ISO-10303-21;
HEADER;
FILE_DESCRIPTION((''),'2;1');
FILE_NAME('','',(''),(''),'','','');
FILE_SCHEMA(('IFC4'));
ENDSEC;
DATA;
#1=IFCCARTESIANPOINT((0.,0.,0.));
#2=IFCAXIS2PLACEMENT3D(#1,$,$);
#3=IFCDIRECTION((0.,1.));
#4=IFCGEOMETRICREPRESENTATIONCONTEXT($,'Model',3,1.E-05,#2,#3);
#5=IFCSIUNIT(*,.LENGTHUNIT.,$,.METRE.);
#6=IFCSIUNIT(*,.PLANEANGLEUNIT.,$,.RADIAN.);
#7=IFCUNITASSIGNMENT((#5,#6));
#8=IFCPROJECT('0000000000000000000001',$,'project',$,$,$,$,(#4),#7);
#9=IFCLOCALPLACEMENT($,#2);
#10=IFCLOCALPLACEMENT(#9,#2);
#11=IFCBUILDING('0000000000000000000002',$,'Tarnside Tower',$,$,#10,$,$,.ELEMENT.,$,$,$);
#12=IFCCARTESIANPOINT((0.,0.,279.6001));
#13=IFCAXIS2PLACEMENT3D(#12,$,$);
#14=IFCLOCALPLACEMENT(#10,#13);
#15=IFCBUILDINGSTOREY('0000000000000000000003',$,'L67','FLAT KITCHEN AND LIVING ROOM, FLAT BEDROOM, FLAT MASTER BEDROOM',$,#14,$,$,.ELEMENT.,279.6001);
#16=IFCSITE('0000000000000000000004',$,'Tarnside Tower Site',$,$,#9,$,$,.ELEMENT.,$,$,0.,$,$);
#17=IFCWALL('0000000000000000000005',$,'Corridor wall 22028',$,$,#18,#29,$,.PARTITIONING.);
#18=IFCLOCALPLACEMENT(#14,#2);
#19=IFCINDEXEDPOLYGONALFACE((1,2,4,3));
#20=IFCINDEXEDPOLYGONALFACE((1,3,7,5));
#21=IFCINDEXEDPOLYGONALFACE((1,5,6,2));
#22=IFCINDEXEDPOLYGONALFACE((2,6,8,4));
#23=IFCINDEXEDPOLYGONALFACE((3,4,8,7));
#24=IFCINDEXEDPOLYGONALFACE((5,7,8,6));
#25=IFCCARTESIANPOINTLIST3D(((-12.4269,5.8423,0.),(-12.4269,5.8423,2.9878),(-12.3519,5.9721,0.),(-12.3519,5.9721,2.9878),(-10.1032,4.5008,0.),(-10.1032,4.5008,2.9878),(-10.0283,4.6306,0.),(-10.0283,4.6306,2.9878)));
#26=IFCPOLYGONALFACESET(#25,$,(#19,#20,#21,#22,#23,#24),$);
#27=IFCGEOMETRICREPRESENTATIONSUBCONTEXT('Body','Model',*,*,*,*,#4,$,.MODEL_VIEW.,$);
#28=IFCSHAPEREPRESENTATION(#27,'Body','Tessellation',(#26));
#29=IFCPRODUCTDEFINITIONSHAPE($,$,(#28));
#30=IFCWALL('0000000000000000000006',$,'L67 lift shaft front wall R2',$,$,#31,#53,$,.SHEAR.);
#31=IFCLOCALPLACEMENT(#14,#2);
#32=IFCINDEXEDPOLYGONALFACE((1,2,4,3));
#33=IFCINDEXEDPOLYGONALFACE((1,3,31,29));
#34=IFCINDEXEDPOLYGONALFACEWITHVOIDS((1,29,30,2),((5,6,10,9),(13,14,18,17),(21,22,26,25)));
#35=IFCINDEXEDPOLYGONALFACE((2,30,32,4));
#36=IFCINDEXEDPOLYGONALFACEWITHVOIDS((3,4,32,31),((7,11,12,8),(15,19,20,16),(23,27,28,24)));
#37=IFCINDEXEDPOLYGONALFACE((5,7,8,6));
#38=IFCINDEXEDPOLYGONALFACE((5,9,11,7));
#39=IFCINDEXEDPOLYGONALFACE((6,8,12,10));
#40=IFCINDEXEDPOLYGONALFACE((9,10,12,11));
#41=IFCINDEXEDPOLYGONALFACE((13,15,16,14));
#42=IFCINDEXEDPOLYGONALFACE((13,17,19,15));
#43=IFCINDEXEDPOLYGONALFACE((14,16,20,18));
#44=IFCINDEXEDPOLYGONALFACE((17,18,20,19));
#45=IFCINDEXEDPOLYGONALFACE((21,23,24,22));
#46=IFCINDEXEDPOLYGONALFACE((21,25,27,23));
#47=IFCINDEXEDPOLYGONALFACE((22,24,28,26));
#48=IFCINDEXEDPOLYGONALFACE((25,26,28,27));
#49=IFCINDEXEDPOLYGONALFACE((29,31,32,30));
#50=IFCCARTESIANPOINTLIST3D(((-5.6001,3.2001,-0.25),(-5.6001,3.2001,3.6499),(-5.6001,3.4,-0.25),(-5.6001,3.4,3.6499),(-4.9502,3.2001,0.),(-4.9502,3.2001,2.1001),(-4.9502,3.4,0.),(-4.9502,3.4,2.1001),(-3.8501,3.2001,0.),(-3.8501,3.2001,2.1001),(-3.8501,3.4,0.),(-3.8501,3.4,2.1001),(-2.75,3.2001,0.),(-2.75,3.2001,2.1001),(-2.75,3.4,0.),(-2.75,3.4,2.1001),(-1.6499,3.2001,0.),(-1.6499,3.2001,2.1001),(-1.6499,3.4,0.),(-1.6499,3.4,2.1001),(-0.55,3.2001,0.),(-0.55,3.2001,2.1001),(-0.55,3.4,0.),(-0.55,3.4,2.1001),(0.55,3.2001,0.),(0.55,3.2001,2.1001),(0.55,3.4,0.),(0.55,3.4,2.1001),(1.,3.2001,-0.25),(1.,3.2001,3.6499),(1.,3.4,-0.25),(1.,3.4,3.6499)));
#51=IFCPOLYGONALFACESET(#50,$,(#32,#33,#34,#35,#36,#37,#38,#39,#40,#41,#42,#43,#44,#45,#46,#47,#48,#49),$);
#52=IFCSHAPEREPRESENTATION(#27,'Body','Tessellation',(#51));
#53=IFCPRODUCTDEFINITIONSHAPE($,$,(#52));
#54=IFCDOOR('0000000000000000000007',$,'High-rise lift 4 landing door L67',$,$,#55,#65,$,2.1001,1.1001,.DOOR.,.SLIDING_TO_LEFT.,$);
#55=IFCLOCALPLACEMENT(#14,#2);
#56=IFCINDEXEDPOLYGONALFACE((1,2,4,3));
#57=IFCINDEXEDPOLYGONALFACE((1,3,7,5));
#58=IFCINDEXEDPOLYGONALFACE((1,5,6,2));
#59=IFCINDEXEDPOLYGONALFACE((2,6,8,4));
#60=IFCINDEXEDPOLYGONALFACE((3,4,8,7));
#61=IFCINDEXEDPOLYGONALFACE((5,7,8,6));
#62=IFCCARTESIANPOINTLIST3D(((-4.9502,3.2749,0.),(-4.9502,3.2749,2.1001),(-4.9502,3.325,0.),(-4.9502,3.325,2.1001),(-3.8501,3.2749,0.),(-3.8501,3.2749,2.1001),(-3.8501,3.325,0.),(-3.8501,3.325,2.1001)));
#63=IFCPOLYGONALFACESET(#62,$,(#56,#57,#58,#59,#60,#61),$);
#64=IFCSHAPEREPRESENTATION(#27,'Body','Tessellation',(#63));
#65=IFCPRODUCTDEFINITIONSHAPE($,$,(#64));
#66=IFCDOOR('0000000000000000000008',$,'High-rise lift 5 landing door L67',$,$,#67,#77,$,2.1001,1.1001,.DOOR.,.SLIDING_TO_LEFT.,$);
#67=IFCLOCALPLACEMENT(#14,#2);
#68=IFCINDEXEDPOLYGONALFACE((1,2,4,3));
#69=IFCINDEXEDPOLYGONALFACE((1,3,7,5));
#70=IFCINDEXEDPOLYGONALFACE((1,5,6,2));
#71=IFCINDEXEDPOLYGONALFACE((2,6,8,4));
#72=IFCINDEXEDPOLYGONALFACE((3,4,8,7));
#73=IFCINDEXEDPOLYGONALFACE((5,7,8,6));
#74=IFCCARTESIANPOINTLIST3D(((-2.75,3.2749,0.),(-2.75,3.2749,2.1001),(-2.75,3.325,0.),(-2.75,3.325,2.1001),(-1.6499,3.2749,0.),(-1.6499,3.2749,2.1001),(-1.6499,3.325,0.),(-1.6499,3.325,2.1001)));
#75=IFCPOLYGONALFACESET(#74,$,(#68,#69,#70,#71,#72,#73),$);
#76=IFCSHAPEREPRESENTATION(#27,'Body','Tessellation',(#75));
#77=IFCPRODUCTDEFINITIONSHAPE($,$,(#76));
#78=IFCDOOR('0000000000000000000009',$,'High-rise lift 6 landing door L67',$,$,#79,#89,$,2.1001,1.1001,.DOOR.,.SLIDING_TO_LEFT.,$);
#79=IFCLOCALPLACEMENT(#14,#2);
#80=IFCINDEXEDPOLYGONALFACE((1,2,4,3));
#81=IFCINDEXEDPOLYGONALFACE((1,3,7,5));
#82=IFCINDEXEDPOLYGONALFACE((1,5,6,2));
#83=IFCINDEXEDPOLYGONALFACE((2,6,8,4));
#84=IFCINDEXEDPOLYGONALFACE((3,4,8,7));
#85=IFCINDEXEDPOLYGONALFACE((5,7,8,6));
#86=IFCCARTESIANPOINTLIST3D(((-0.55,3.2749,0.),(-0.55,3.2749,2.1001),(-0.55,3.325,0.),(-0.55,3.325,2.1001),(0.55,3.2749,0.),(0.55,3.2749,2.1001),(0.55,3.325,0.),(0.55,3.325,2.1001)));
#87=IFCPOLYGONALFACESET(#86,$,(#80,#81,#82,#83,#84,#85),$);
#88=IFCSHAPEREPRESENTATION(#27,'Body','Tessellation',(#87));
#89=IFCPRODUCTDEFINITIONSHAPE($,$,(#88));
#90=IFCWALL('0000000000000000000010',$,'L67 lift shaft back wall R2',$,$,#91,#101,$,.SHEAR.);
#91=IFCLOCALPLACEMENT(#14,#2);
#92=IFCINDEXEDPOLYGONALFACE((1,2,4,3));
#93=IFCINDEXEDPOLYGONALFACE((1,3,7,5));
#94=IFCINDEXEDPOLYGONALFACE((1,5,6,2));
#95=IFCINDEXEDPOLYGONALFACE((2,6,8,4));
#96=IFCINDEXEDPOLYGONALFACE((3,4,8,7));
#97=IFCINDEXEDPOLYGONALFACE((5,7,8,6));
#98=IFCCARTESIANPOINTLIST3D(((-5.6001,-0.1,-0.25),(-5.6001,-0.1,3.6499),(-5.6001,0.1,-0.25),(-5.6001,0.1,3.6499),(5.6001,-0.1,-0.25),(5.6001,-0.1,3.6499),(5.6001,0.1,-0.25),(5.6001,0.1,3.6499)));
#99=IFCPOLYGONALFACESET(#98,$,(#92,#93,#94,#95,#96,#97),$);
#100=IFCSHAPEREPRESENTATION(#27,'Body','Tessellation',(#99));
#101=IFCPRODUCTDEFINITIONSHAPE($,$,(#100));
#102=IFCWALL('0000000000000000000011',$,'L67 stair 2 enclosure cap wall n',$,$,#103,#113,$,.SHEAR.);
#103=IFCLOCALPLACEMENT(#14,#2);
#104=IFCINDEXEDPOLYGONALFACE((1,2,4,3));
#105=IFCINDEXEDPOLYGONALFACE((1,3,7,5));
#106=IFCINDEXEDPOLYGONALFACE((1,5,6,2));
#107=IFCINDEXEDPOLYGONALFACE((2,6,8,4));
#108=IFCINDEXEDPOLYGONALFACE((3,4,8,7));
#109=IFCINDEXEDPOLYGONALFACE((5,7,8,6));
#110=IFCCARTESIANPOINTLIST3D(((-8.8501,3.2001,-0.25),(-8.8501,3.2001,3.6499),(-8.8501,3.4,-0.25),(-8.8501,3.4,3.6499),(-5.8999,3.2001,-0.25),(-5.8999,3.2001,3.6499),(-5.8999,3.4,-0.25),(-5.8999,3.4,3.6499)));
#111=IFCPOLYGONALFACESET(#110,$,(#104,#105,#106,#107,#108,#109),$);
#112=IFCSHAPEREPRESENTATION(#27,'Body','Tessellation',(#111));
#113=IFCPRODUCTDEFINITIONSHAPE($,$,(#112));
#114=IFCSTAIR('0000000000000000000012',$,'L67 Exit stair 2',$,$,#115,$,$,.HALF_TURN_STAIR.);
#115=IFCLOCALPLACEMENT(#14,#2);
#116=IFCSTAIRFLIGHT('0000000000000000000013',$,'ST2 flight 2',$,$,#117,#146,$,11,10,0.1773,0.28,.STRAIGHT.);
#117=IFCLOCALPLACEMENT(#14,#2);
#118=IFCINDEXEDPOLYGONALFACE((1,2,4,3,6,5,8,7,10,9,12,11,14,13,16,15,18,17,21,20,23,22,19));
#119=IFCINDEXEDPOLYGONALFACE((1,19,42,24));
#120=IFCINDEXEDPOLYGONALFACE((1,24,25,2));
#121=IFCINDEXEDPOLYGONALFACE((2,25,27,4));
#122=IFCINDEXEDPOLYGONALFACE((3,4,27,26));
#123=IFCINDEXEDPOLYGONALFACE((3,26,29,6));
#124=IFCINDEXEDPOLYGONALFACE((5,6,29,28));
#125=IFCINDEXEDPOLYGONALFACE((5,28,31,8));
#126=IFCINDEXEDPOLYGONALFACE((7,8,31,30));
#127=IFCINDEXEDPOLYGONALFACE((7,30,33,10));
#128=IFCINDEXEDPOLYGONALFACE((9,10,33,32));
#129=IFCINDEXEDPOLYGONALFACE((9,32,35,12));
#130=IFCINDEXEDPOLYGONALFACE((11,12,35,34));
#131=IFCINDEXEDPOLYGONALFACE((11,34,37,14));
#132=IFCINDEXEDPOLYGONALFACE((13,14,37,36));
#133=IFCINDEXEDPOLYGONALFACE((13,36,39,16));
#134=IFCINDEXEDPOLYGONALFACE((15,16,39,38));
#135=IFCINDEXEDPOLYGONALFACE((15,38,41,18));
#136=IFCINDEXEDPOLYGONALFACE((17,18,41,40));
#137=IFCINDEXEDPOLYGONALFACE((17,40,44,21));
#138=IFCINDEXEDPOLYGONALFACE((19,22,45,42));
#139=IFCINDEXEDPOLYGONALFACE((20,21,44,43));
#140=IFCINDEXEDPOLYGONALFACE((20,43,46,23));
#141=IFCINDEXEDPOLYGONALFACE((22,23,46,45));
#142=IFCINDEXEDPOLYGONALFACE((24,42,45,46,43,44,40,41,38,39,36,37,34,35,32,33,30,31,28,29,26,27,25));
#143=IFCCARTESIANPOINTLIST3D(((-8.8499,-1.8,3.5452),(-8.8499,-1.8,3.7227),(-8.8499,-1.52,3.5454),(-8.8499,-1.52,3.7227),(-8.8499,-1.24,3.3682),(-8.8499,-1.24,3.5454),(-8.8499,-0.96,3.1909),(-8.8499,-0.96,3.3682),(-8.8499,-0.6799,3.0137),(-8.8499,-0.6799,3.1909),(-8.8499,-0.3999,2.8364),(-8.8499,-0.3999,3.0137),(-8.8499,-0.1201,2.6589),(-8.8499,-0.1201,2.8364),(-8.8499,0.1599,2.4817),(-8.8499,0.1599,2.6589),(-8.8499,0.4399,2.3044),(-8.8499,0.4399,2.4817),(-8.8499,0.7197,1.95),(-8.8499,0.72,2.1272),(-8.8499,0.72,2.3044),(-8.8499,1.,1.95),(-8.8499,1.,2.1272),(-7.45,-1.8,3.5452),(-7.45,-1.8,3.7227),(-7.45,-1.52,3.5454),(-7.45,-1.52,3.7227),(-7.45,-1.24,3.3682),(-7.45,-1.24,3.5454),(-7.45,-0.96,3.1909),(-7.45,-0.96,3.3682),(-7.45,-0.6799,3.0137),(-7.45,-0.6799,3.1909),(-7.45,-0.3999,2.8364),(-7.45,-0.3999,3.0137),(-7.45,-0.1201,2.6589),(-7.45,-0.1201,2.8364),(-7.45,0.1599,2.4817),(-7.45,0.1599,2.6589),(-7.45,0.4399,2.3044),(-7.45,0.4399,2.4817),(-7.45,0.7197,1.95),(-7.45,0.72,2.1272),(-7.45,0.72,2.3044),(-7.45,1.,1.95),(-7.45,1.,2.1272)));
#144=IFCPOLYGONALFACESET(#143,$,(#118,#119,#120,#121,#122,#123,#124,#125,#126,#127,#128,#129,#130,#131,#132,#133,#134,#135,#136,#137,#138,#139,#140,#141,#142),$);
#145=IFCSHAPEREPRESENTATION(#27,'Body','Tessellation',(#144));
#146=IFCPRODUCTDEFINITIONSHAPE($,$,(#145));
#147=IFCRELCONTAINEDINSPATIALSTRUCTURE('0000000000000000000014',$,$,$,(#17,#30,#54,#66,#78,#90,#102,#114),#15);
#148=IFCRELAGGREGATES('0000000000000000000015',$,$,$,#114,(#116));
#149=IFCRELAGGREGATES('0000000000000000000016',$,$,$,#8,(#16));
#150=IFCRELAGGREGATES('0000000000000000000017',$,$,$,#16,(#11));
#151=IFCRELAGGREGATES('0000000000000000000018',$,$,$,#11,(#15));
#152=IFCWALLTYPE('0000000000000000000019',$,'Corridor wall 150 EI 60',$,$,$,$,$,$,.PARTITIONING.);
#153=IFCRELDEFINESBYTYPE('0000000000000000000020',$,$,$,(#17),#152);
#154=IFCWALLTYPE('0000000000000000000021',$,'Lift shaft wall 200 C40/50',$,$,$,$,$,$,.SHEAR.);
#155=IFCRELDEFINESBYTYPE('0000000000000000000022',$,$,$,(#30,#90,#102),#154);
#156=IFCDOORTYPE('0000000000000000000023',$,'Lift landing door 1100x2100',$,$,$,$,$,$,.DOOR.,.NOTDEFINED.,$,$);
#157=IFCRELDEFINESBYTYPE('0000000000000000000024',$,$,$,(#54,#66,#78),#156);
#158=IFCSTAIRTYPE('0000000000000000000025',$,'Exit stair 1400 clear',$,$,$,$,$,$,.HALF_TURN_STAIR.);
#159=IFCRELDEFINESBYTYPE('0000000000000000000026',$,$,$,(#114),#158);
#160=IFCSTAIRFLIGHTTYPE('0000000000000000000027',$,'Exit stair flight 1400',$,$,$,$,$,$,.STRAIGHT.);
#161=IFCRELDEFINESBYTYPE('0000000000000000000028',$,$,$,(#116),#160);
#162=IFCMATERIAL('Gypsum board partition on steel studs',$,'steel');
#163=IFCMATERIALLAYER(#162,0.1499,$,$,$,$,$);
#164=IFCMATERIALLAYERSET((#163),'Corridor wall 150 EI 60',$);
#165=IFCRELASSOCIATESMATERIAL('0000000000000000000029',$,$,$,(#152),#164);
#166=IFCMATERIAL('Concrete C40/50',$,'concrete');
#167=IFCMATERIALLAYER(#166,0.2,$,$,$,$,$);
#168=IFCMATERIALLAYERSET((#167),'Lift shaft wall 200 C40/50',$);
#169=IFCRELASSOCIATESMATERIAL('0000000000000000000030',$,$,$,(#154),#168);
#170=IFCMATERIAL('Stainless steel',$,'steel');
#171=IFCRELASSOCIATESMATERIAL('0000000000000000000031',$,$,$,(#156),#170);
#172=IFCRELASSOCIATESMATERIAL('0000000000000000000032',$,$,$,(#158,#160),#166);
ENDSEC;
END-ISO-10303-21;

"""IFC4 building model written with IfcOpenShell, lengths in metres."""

from ifc_helpers import new_model, si_unit, direction, frame, frame_2d, origin, place, context, subcontext, project, spatial, polyline, rectangle, outline, extrude, material, layer, layer_set, type_object, element, fill, aggregate, save


model = new_model("IFC4")

# Units and contexts
model_context = context("Model", 3, precision=1e-05, world=origin(), true_north=direction((0.0, 1.0)))
body_context = subcontext(model_context, "Body", "Model", "MODEL_VIEW")
ifc_project = project(units=[si_unit("LENGTHUNIT", "METRE"), si_unit("PLANEANGLEUNIT", "RADIAN")], contexts=[model_context])

# Site, building, storey
site_placement = place(None, origin())
site = spatial("IfcSite", under=ifc_project, at=site_placement, Name="Tarnside Tower Site", CompositionType="ELEMENT", RefElevation=0.0)
building_placement = place(site_placement, origin())
building = spatial("IfcBuilding", under=site, at=building_placement, Name="Tarnside Tower", CompositionType="ELEMENT")
storey_placement = place(building_placement, frame((0.0, 0.0, 279.6001)))
storey = spatial("IfcBuildingStorey", under=building, at=storey_placement, Name="L67", Description="FLAT KITCHEN AND LIVING ROOM, FLAT BEDROOM, FLAT MASTER BEDROOM", CompositionType="ELEMENT", Elevation=279.6001)

# Shared definitions
ifc_material_1 = material(Name="Gypsum board partition on steel studs", Category="steel")

# Wall
ifc_layer_1 = layer(ifc_material_1, 0.1499)
ifc_layer_set_1 = layer_set([ifc_layer_1], Name="Corridor wall 150 EI 60")
wall_type_1 = type_object("IfcWallType", Name="Corridor wall 150 EI 60", PredefinedType="PARTITIONING", material=ifc_layer_set_1)
wall_1_placement = place(storey_placement, frame((-12.3894, 5.9072, 0.0), z_axis=(0.0, 0.0, 1.0), x_axis=(0.866034, -0.499985, 0.0)))
element("IfcWall", 1, at=wall_1_placement, inside=storey, type_object=wall_type_1, Name="Corridor wall 22028", PredefinedType="PARTITIONING", context=body_context, shape_type="SweptSolid", body=[
    extrude(rectangle(XDim=2.6831, YDim=0.1499, at=frame_2d((1.3416, 0.0))), origin(), (0.0, 0.0, 1.0), 2.9878),
])

# Wall, openings, doors
ifc_material_2 = material(Name="Concrete C40/50", Category="concrete")
ifc_layer_2 = layer(ifc_material_2, 0.2)
ifc_layer_set_2 = layer_set([ifc_layer_2], Name="Lift shaft wall 200 C40/50")
wall_type_2 = type_object("IfcWallType", Name="Lift shaft wall 200 C40/50", PredefinedType="SHEAR", material=ifc_layer_set_2)
wall_2_placement = place(storey_placement, frame((-5.6001, 3.3, -0.25), z_axis=(0.0, 0.0, 1.0), x_axis=(1.0, 0.0, 0.0)))
wall_2 = element("IfcWall", 2, at=wall_2_placement, inside=storey, type_object=wall_type_2, Name="L67 lift shaft front wall R2", PredefinedType="SHEAR", context=body_context, shape_type="SweptSolid", body=[
    extrude(rectangle(XDim=6.6001, YDim=0.2, at=frame_2d((3.3, 0.0))), origin(), (0.0, 0.0, 1.0), 3.8999),
])
opening_1_placement = place(wall_2_placement, frame((0.6499, 0.0, 0.25)))
opening_1 = element("IfcOpeningElement", 3, at=opening_1_placement, cuts=wall_2, PredefinedType="OPENING", context=body_context, shape_type="SweptSolid", body=[
    extrude(rectangle(XDim=1.1001, YDim=2.1001, at=frame_2d((0.55, 1.05))), frame((0.0, 0.1099, 0.0), z_axis=(0.0, -1.0, 0.0), x_axis=(1.0, 0.0, 0.0)), (0.0, 0.0, 1.0), 0.22),
])
opening_2_placement = place(wall_2_placement, frame((2.8501, 0.0, 0.25)))
opening_2 = element("IfcOpeningElement", 4, at=opening_2_placement, cuts=wall_2, PredefinedType="OPENING", context=body_context, shape_type="SweptSolid", body=[
    extrude(rectangle(XDim=1.1001, YDim=2.1001, at=frame_2d((0.55, 1.05))), frame((0.0, 0.1099, 0.0), z_axis=(0.0, -1.0, 0.0), x_axis=(1.0, 0.0, 0.0)), (0.0, 0.0, 1.0), 0.22),
])
opening_3_placement = place(wall_2_placement, frame((5.05, 0.0, 0.25)))
opening_3 = element("IfcOpeningElement", 5, at=opening_3_placement, cuts=wall_2, PredefinedType="OPENING", context=body_context, shape_type="SweptSolid", body=[
    extrude(rectangle(XDim=1.1001, YDim=2.1001, at=frame_2d((0.55, 1.05))), frame((0.0, 0.1099, 0.0), z_axis=(0.0, -1.0, 0.0), x_axis=(1.0, 0.0, 0.0)), (0.0, 0.0, 1.0), 0.22),
])
ifc_material_3 = material(Name="Stainless steel", Category="steel")
door_type_1 = type_object("IfcDoorType", Name="Lift landing door 1100x2100", OperationType="NOTDEFINED", PredefinedType="DOOR", material=ifc_material_3)
door_1_placement = place(opening_1_placement, origin())
door_1 = element("IfcDoor", 6, at=door_1_placement, inside=storey, type_object=door_type_1, Name="High-rise lift 4 landing door L67", OperationType="SLIDING_TO_LEFT", OverallHeight=2.1001, OverallWidth=1.1001, PredefinedType="DOOR", context=body_context, shape_type="SweptSolid", body=[
    extrude(rectangle(XDim=1.1001, YDim=2.1001, at=frame_2d((0.55, 1.05))), frame((0.0, 0.0249, 0.0), z_axis=(0.0, -1.0, 0.0), x_axis=(1.0, 0.0, 0.0)), (0.0, 0.0, 1.0), 0.05),
])
fill(opening_1, door_1)
door_2_placement = place(opening_2_placement, origin())
door_2 = element("IfcDoor", 7, at=door_2_placement, inside=storey, type_object=door_type_1, Name="High-rise lift 5 landing door L67", OperationType="SLIDING_TO_LEFT", OverallHeight=2.1001, OverallWidth=1.1001, PredefinedType="DOOR", context=body_context, shape_type="SweptSolid", body=[
    extrude(rectangle(XDim=1.1001, YDim=2.1001, at=frame_2d((0.55, 1.05))), frame((0.0, 0.0249, 0.0), z_axis=(0.0, -1.0, 0.0), x_axis=(1.0, 0.0, 0.0)), (0.0, 0.0, 1.0), 0.05),
])
fill(opening_2, door_2)
door_3_placement = place(opening_3_placement, origin())
door_3 = element("IfcDoor", 8, at=door_3_placement, inside=storey, type_object=door_type_1, Name="High-rise lift 6 landing door L67", OperationType="SLIDING_TO_LEFT", OverallHeight=2.1001, OverallWidth=1.1001, PredefinedType="DOOR", context=body_context, shape_type="SweptSolid", body=[
    extrude(rectangle(XDim=1.1001, YDim=2.1001, at=frame_2d((0.55, 1.05))), frame((0.0, 0.0249, 0.0), z_axis=(0.0, -1.0, 0.0), x_axis=(1.0, 0.0, 0.0)), (0.0, 0.0, 1.0), 0.05),
])
fill(opening_3, door_3)

# Walls
wall_3_placement = place(storey_placement, frame((-5.6001, 0.0, -0.25), z_axis=(0.0, 0.0, 1.0), x_axis=(1.0, 0.0, 0.0)))
element("IfcWall", 9, at=wall_3_placement, inside=storey, type_object=wall_type_2, Name="L67 lift shaft back wall R2", PredefinedType="SHEAR", context=body_context, shape_type="SweptSolid", body=[
    extrude(rectangle(XDim=11.2002, YDim=0.2, at=frame_2d((5.6001, 0.0))), origin(), (0.0, 0.0, 1.0), 3.8999),
])
wall_4_placement = place(storey_placement, frame((-8.8501, 3.3, -0.25), z_axis=(0.0, 0.0, 1.0), x_axis=(1.0, 0.0, 0.0)))
element("IfcWall", 10, at=wall_4_placement, inside=storey, type_object=wall_type_2, Name="L67 stair 2 enclosure cap wall n", PredefinedType="SHEAR", context=body_context, shape_type="SweptSolid", body=[
    extrude(rectangle(XDim=2.9502, YDim=0.2, at=frame_2d((1.4751, 0.0))), origin(), (0.0, 0.0, 1.0), 3.8999),
])

# Stair, stair flight
stair_type = type_object("IfcStairType", Name="Exit stair 1400 clear", PredefinedType="HALF_TURN_STAIR", material=ifc_material_2)
stair_placement = place(storey_placement, origin())
stair = element("IfcStair", 11, at=stair_placement, inside=storey, type_object=stair_type, Name="L67 Exit stair 2", PredefinedType="HALF_TURN_STAIR")
stair_flight_type = type_object("IfcStairFlightType", Name="Exit stair flight 1400", PredefinedType="STRAIGHT", material=ifc_material_2)
stair_flight_placement = place(storey_placement, frame((-8.1499, 1.0, 1.95), z_axis=(0.0, 0.0, 1.0), x_axis=(0.0, -1.0, 0.0)))
stair_flight = element("IfcStairFlight", 12, at=stair_flight_placement, type_object=stair_flight_type, Name="ST2 flight 2", NumberOfRisers=11, NumberOfTreads=10, PredefinedType="STRAIGHT", RiserHeight=0.1773, TreadLength=0.28, context=body_context, shape_type="SweptSolid", body=[
    extrude(outline(polyline([(0.0, 0.0), (0.0, 0.1772), (0.28, 0.1772), (0.28, 0.3545), (0.5601, 0.3545), (0.5601, 0.5317), (0.8401, 0.5317), (0.8401, 0.709), (1.1201, 0.709), (1.1201, 0.8865), (1.3999, 0.8865), (1.3999, 1.0637), (1.6799, 1.0637), (1.6799, 1.241), (1.96, 1.241), (1.96, 1.4182), (2.24, 1.4182), (2.24, 1.5955), (2.52, 1.5955), (2.52, 1.7727), (2.8, 1.7727), (2.8, 1.95), (2.8, 1.5952), (0.2803, 0.0), (0.0, 0.0)])), frame((0.0, 0.7, 0.0), z_axis=(0.0, -1.0, 0.0), x_axis=(1.0, 0.0, 0.0)), (0.0, 0.0, 1.0), 1.3999),
])
aggregate(stair, [stair_flight])

save(model, "model.ifc")
